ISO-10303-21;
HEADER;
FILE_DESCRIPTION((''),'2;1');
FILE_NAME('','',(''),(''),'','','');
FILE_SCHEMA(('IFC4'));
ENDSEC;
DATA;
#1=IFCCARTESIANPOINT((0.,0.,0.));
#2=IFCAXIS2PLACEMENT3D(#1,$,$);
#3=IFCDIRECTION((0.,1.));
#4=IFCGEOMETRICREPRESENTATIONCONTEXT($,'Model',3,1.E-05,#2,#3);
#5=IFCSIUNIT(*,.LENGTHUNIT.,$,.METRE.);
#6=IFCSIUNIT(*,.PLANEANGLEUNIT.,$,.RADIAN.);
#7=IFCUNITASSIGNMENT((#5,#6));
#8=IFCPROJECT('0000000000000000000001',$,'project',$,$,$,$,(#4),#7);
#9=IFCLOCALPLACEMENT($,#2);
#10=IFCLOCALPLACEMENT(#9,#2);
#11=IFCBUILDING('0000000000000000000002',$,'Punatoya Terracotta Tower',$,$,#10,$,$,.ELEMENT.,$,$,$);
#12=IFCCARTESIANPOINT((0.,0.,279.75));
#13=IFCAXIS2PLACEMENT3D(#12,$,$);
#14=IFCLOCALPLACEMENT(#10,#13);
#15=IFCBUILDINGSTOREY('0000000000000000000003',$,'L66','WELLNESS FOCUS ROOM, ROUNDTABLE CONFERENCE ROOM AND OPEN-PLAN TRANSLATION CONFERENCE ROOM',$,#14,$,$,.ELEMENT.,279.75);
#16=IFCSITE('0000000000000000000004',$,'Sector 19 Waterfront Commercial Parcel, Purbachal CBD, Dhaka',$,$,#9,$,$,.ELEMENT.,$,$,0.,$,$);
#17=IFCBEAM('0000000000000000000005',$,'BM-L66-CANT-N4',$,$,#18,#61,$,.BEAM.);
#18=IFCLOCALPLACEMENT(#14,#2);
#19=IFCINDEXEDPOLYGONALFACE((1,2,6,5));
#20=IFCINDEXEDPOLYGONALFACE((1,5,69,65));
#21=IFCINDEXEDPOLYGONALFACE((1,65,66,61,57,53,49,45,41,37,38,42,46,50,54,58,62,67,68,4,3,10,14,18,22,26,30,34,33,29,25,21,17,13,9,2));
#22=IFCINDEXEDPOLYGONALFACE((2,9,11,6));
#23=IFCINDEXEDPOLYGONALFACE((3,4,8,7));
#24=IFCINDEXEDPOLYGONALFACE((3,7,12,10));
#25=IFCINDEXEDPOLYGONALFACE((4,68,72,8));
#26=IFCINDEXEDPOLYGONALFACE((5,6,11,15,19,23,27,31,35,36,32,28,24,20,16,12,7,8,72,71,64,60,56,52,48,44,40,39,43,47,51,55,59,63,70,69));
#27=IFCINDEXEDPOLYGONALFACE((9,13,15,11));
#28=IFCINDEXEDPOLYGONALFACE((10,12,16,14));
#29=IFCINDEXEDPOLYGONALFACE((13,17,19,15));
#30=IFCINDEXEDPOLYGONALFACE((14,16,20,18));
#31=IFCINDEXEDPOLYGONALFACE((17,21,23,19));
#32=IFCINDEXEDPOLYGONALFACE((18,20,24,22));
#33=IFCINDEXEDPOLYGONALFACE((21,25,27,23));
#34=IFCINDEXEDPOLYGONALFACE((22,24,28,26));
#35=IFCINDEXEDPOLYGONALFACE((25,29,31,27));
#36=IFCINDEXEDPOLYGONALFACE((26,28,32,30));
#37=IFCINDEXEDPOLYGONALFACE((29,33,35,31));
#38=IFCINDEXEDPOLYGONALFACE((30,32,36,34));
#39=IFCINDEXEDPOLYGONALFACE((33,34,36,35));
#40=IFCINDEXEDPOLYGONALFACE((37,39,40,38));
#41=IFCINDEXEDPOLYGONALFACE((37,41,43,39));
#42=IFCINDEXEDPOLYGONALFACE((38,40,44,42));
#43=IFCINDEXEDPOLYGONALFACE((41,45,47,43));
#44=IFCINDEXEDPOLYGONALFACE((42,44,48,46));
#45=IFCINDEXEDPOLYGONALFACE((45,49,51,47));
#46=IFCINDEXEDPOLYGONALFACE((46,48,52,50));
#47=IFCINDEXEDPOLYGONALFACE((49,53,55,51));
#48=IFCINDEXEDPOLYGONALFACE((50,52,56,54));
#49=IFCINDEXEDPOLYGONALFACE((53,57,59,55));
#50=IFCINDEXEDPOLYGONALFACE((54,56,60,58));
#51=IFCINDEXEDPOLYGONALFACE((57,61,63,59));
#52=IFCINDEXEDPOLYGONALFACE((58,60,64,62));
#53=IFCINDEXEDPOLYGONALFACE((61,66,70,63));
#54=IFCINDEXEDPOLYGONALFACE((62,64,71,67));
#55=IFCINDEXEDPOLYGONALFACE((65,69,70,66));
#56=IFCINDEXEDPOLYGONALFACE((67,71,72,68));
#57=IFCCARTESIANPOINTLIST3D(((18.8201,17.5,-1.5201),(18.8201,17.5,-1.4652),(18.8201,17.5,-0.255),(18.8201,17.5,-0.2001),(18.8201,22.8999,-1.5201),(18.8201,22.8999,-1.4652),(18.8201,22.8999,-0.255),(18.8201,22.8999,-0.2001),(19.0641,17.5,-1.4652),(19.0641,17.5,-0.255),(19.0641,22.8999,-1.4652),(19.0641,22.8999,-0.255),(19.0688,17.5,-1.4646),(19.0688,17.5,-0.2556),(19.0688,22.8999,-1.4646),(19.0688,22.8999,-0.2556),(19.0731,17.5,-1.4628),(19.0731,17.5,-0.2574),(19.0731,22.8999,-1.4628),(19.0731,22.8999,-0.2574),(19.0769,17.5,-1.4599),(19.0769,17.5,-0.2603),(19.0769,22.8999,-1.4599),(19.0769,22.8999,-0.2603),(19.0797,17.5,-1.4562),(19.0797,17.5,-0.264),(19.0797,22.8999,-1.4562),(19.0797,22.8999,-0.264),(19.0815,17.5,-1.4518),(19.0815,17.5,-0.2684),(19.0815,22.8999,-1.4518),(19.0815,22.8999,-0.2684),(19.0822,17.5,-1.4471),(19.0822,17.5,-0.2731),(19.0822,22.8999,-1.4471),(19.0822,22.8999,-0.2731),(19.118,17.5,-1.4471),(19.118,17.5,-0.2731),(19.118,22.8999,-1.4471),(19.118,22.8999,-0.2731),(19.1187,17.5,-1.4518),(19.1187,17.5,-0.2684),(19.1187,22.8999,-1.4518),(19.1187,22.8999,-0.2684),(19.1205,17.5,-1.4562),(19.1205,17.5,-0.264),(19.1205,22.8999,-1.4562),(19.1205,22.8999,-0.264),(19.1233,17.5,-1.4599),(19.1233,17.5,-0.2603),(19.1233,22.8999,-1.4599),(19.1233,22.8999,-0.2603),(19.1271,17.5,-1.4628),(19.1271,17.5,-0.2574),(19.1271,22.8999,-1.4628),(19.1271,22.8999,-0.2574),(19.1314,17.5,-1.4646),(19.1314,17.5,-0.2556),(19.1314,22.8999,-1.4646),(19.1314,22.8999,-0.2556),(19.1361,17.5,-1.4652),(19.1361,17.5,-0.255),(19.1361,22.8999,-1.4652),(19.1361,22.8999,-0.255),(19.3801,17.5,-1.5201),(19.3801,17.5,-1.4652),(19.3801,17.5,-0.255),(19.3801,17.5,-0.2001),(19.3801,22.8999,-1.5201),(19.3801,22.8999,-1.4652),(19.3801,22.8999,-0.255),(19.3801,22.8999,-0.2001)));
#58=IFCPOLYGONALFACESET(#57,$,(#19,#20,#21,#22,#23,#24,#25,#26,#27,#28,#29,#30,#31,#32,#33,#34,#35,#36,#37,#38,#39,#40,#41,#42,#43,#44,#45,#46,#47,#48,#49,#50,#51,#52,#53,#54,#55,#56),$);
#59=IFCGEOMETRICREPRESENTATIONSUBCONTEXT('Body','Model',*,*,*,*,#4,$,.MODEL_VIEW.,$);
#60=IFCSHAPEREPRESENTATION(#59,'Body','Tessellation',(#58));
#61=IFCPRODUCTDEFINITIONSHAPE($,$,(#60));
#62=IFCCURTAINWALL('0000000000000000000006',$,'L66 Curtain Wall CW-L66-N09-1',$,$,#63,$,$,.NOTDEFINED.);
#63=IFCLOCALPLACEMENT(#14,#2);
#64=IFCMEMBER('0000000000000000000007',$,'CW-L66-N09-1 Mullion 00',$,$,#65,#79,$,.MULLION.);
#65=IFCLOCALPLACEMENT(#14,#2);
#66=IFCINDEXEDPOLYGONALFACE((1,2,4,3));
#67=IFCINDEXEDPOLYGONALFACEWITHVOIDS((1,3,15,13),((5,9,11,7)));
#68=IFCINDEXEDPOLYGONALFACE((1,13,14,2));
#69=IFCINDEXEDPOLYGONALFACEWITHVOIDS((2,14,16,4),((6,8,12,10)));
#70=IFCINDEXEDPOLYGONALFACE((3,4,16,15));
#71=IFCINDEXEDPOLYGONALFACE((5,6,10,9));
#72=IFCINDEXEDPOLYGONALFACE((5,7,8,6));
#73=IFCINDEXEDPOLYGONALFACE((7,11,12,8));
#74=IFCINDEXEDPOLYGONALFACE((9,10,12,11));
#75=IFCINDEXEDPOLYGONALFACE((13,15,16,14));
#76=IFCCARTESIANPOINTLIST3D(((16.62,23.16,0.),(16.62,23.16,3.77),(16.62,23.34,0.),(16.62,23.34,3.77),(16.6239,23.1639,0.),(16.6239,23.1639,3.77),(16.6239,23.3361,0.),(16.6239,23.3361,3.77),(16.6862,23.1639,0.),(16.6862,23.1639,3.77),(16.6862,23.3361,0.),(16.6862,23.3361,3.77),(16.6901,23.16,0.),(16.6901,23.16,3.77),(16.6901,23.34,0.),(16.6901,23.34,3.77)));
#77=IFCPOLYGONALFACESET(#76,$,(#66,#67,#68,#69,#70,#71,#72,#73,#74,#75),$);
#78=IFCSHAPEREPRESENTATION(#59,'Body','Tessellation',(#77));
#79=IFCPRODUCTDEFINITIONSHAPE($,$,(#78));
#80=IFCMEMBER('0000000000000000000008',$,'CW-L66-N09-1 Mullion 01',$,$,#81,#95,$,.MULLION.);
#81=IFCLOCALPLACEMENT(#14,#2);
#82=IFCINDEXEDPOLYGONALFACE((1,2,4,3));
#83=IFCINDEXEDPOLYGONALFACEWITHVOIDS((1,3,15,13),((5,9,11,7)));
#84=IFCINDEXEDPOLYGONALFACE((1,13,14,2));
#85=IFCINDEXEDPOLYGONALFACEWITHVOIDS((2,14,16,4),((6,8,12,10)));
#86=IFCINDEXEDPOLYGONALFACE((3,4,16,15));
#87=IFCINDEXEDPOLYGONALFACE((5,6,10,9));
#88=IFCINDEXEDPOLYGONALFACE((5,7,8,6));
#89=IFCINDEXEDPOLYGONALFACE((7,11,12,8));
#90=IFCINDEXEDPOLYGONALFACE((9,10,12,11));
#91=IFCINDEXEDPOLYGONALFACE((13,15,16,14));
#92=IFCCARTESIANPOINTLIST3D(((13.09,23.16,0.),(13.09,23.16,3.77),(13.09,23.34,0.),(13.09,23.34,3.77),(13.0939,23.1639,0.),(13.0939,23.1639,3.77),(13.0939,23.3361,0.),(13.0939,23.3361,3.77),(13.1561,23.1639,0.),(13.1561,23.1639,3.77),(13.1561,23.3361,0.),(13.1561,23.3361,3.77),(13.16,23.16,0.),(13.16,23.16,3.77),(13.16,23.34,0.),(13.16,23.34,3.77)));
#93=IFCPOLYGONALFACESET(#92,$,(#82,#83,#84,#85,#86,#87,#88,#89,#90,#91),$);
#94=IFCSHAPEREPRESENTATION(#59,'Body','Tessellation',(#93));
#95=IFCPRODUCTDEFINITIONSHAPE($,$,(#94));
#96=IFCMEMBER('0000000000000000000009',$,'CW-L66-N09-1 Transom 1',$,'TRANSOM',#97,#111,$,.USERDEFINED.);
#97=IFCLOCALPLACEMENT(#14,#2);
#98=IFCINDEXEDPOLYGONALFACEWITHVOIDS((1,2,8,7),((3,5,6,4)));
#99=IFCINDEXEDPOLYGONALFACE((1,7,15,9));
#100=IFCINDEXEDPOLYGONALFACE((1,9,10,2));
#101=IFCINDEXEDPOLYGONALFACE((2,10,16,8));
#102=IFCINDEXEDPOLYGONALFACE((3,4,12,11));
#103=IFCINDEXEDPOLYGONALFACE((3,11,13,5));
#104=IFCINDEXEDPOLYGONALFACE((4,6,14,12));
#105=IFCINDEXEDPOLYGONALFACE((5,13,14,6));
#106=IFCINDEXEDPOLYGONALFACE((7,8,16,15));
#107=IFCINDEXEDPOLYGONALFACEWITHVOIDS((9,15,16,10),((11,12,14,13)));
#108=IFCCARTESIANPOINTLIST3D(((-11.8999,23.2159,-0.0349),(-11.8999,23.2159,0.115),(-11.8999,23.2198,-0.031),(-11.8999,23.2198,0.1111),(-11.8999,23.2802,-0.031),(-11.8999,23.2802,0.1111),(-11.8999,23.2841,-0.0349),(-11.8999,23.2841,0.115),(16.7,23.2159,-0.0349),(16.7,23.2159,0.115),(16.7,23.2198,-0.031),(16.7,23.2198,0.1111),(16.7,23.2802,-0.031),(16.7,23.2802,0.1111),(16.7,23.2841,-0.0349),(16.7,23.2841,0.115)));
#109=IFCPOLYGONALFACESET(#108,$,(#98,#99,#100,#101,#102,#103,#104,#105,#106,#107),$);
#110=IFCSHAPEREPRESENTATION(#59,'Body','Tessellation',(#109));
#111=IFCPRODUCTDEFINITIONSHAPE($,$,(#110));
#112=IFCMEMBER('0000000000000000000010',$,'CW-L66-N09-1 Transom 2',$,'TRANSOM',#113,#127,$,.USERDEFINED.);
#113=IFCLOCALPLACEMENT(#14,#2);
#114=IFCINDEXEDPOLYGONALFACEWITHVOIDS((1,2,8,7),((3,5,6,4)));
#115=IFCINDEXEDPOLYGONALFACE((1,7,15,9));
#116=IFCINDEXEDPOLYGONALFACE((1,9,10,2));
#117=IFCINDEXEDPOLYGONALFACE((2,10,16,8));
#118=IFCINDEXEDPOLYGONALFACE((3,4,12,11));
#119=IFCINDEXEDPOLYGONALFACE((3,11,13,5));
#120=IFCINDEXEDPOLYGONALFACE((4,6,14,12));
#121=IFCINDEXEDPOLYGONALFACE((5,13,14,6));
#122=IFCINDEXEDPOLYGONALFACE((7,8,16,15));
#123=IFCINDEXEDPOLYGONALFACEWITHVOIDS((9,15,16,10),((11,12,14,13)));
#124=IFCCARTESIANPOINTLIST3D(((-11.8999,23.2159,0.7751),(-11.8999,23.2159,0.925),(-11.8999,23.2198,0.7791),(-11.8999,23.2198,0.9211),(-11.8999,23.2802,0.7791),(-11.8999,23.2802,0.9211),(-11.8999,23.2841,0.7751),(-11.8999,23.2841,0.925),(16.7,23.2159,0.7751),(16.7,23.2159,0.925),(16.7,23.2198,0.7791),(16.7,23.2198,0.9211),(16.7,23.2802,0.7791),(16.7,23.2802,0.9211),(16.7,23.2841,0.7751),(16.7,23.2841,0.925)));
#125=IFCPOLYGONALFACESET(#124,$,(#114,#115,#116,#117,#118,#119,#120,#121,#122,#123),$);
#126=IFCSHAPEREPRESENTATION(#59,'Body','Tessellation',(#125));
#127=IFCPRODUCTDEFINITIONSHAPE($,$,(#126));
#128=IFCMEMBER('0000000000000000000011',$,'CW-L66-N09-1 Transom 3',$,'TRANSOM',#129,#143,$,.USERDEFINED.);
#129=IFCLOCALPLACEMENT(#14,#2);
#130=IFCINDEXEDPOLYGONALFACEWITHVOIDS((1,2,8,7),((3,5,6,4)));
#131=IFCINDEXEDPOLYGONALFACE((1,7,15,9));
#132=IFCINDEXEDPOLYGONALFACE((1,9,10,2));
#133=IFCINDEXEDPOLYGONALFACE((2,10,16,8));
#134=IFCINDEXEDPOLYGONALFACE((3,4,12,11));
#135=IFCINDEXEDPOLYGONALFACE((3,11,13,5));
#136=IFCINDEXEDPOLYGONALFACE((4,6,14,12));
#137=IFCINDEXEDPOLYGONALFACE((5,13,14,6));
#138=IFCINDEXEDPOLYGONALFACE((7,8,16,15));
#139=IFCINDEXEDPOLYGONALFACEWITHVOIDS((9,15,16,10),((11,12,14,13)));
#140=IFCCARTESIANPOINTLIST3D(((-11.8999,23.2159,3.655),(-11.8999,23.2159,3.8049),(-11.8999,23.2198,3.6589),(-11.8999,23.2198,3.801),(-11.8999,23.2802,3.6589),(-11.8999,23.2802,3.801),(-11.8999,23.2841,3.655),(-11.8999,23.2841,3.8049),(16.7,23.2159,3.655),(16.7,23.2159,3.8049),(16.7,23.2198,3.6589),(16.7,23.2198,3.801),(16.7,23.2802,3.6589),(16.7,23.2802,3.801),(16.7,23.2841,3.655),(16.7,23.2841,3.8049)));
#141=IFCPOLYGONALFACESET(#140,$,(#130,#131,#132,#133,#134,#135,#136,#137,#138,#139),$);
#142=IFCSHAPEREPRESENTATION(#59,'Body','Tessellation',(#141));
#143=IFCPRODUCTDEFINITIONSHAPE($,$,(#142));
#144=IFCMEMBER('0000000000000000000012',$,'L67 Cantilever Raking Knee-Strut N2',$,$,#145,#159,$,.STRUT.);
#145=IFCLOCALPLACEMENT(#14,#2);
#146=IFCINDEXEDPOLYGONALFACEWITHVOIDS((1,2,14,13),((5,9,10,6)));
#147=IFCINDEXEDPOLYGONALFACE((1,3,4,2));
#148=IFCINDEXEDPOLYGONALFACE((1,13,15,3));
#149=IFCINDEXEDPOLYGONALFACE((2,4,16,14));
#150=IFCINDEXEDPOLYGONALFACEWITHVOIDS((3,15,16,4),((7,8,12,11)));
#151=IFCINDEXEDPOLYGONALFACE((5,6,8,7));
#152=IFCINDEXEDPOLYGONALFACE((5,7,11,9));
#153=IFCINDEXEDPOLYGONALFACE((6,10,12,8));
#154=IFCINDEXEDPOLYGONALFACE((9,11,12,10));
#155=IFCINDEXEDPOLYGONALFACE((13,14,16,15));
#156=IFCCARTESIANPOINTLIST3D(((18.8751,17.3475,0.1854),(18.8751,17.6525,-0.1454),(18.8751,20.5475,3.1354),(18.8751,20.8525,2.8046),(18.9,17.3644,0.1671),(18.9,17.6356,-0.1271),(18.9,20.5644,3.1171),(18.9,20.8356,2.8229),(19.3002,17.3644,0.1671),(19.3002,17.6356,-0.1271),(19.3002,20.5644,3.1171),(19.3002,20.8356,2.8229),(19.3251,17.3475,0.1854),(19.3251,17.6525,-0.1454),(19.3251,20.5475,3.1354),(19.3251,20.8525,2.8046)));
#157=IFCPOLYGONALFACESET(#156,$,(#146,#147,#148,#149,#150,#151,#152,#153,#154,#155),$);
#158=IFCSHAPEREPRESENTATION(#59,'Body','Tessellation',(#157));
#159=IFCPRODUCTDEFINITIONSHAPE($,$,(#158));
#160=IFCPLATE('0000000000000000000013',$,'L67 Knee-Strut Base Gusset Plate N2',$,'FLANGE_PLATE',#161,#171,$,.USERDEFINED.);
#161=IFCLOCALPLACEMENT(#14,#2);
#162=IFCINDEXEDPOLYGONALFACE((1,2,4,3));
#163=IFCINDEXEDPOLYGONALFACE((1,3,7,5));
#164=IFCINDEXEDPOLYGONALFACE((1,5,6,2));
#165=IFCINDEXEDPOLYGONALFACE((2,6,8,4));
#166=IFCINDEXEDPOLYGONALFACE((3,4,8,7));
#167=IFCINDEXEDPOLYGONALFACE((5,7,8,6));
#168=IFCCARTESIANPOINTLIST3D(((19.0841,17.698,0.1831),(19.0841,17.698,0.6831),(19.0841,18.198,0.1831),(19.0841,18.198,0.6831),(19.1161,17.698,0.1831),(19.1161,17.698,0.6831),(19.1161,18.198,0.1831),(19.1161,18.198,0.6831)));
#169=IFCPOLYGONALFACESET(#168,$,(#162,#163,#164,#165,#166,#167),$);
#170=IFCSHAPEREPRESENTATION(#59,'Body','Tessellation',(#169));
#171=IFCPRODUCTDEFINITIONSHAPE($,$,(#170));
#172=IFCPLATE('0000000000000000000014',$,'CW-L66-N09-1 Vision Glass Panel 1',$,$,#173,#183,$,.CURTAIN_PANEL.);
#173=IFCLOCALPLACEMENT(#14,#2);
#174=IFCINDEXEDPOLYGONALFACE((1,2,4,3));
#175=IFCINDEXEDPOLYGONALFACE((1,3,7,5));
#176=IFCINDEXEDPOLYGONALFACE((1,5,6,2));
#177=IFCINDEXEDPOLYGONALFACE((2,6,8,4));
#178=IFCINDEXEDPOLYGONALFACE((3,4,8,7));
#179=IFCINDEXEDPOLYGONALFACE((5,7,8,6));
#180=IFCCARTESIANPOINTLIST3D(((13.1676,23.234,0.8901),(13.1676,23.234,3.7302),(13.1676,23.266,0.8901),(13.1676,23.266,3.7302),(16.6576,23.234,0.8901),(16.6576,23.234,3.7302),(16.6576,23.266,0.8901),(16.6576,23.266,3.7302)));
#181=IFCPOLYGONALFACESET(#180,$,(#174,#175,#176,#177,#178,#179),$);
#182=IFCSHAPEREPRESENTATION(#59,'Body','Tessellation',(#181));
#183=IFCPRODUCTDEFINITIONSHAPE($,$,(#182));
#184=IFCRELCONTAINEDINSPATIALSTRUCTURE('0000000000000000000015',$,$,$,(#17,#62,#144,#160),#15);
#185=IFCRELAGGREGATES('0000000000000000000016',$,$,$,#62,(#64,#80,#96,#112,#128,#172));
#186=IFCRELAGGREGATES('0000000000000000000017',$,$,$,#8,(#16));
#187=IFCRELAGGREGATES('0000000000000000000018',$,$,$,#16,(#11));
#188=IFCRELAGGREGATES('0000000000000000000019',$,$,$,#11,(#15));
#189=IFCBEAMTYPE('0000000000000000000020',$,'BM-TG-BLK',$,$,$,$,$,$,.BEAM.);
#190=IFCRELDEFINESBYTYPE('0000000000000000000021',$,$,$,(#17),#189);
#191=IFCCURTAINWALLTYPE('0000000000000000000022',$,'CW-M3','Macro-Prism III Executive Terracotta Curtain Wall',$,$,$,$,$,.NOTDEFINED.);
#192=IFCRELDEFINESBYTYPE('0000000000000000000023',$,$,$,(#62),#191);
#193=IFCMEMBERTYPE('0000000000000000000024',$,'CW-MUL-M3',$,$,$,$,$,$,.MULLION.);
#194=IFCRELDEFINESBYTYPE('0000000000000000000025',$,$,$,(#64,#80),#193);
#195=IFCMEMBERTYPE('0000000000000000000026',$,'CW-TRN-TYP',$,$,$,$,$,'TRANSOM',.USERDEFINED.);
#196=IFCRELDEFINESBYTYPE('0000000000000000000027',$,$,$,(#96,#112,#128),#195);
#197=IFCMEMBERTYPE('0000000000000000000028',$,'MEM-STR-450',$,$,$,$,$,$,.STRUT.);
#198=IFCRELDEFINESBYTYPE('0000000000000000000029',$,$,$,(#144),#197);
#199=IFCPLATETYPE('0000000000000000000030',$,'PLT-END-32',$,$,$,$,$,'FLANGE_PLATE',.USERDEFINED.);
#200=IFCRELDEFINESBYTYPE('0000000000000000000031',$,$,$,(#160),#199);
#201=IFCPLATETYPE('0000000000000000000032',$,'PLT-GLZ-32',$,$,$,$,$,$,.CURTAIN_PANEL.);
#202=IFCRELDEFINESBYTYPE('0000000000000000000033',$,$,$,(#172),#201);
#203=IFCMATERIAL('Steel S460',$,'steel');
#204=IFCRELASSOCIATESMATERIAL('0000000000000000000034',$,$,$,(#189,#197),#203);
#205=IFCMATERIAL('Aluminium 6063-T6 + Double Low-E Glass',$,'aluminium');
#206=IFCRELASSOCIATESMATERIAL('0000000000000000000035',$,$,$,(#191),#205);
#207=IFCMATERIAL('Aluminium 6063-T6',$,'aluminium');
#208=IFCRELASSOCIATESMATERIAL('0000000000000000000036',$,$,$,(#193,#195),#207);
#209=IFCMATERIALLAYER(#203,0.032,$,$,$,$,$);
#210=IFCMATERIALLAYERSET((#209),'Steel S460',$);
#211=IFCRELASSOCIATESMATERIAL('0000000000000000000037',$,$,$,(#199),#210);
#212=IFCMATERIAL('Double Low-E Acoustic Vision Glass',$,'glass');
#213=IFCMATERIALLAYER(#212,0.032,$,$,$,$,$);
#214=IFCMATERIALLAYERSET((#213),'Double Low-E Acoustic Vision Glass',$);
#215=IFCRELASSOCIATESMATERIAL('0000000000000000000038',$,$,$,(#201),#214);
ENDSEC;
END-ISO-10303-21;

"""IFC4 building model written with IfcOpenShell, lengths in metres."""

from ifc_helpers import new_model, si_unit, direction, frame, origin, origin_2d, place, context, subcontext, project, spatial, rectangle, hollow_rectangle, i_section, extrude, material, layer, layer_set, material_profile, profile_set, type_object, element, aggregate, save


model = new_model("IFC4")

# Units and contexts
model_context = context("Model", 3, precision=1e-05, world=origin(), true_north=direction((0.0, 1.0)))
body_context = subcontext(model_context, "Body", "Model", "MODEL_VIEW")
ifc_project = project(units=[si_unit("LENGTHUNIT", "METRE"), si_unit("PLANEANGLEUNIT", "RADIAN")], contexts=[model_context])

# Site, building, storey
site_placement = place(None, origin())
site = spatial("IfcSite", under=ifc_project, at=site_placement, Name="Sector 19 Waterfront Commercial Parcel, Purbachal CBD, Dhaka", CompositionType="ELEMENT", RefElevation=0.0)
building_placement = place(site_placement, origin())
building = spatial("IfcBuilding", under=site, at=building_placement, Name="Punatoya Terracotta Tower", CompositionType="ELEMENT")
storey_placement = place(building_placement, frame((0.0, 0.0, 279.75)))
storey = spatial("IfcBuildingStorey", under=building, at=storey_placement, Name="L66", Description="WELLNESS FOCUS ROOM, ROUNDTABLE CONFERENCE ROOM AND OPEN-PLAN TRANSLATION CONFERENCE ROOM", CompositionType="ELEMENT", Elevation=279.75)

# Shared definitions
ifc_material_1 = material(Name="Steel S460", Category="steel")

# Beam
ifc_material_profile_1 = material_profile(ifc_material_1, i_section(OverallWidth=0.5601, OverallDepth=1.3201, WebThickness=0.0359, FlangeThickness=0.0549, FilletRadius=0.0181, at=origin_2d()))
ifc_profile_set_1 = profile_set([ifc_material_profile_1], Name="Steel S460")
beam_type = type_object("IfcBeamType", Name="BM-TG-BLK", PredefinedType="BEAM", material=ifc_profile_set_1)
for number, where, z_axis, x_axis, name in (
    (1, (19.1001, 17.5, -0.8601), (0.0, 1.0, 0.0), (-1.0, 0.0, 0.0), "BM-L66-CANT-N4"),
):
    element("IfcBeam", number, at=place(storey_placement, frame(where, z_axis=z_axis, x_axis=x_axis)), inside=storey, type_object=beam_type, Name=name, PredefinedType="BEAM", context=body_context, shape_type="SweptSolid", body=[
        extrude(i_section(OverallWidth=0.5601, OverallDepth=1.3201, WebThickness=0.0359, FlangeThickness=0.0549, FilletRadius=0.0181, at=origin_2d()), origin(), (0.0, 0.0, 1.0), 5.3999),
    ])

# Curtain wall, members
ifc_material_2 = material(Name="Aluminium 6063-T6 + Double Low-E Glass", Category="aluminium")
curtain_wall_type = type_object("IfcCurtainWallType", Name="CW-M3", Description="Macro-Prism III Executive Terracotta Curtain Wall", PredefinedType="NOTDEFINED", material=ifc_material_2)
curtain_wall_placement = place(storey_placement, origin())
curtain_wall = element("IfcCurtainWall", 2, at=curtain_wall_placement, inside=storey, type_object=curtain_wall_type, Name="L66 Curtain Wall CW-L66-N09-1", PredefinedType="NOTDEFINED")
ifc_material_3 = material(Name="Aluminium 6063-T6", Category="aluminium")
ifc_material_profile_2 = material_profile(ifc_material_3, hollow_rectangle(XDim=0.0701, YDim=0.1799, WallThickness=0.0039, at=origin_2d()))
ifc_profile_set_2 = profile_set([ifc_material_profile_2], Name="Aluminium 6063-T6")
member_type_1 = type_object("IfcMemberType", Name="CW-MUL-M3", PredefinedType="MULLION", material=ifc_profile_set_2)
member_1_placement = place(storey_placement, frame((16.655, 23.25, 0.0), z_axis=(0.0, 0.0, 1.0), x_axis=(1.0, 0.0, 0.0)))
member_1 = element("IfcMember", 3, at=member_1_placement, type_object=member_type_1, Name="CW-L66-N09-1 Mullion 00", PredefinedType="MULLION", context=body_context, shape_type="SweptSolid", body=[
    extrude(hollow_rectangle(XDim=0.0701, YDim=0.1799, WallThickness=0.0039, at=origin_2d()), origin(), (0.0, 0.0, 1.0), 3.77),
])
member_2_placement = place(storey_placement, frame((13.125, 23.25, 0.0), z_axis=(0.0, 0.0, 1.0), x_axis=(1.0, 0.0, 0.0)))
member_2 = element("IfcMember", 4, at=member_2_placement, type_object=member_type_1, Name="CW-L66-N09-1 Mullion 01", PredefinedType="MULLION", context=body_context, shape_type="SweptSolid", body=[
    extrude(hollow_rectangle(XDim=0.0701, YDim=0.1799, WallThickness=0.0039, at=origin_2d()), origin(), (0.0, 0.0, 1.0), 3.77),
])
ifc_material_profile_3 = material_profile(ifc_material_3, hollow_rectangle(XDim=0.0681, YDim=0.1499, WallThickness=0.0039, at=origin_2d()))
ifc_profile_set_3 = profile_set([ifc_material_profile_3], Name="Aluminium 6063-T6")
member_type_2 = type_object("IfcMemberType", Name="CW-TRN-TYP", ElementType="TRANSOM", PredefinedType="USERDEFINED", material=ifc_profile_set_3)
member_3_placement = place(storey_placement, frame((16.7, 23.25, 0.04), z_axis=(-1.0, 0.0, 0.0), x_axis=(0.0, -1.0, 0.0)))
member_3 = element("IfcMember", 5, at=member_3_placement, type_object=member_type_2, Name="CW-L66-N09-1 Transom 1", ObjectType="TRANSOM", PredefinedType="USERDEFINED", context=body_context, shape_type="SweptSolid", body=[
    extrude(hollow_rectangle(XDim=0.0681, YDim=0.1499, WallThickness=0.0039, at=origin_2d()), origin(), (0.0, 0.0, 1.0), 28.5999),
])
member_4_placement = place(storey_placement, frame((16.7, 23.25, 0.8501), z_axis=(-1.0, 0.0, 0.0), x_axis=(0.0, -1.0, 0.0)))
member_4 = element("IfcMember", 6, at=member_4_placement, type_object=member_type_2, Name="CW-L66-N09-1 Transom 2", ObjectType="TRANSOM", PredefinedType="USERDEFINED", context=body_context, shape_type="SweptSolid", body=[
    extrude(hollow_rectangle(XDim=0.0681, YDim=0.1499, WallThickness=0.0039, at=origin_2d()), origin(), (0.0, 0.0, 1.0), 28.5999),
])
member_5_placement = place(storey_placement, frame((16.7, 23.25, 3.73), z_axis=(-1.0, 0.0, 0.0), x_axis=(0.0, -1.0, 0.0)))
member_5 = element("IfcMember", 7, at=member_5_placement, type_object=member_type_2, Name="CW-L66-N09-1 Transom 3", ObjectType="TRANSOM", PredefinedType="USERDEFINED", context=body_context, shape_type="SweptSolid", body=[
    extrude(hollow_rectangle(XDim=0.0681, YDim=0.1499, WallThickness=0.0039, at=origin_2d()), origin(), (0.0, 0.0, 1.0), 28.5999),
])

# Member
ifc_material_profile_4 = material_profile(ifc_material_1, hollow_rectangle(XDim=0.45, YDim=0.45, WallThickness=0.0249, at=origin_2d()))
ifc_profile_set_4 = profile_set([ifc_material_profile_4], Name="Steel S460")
member_type_3 = type_object("IfcMemberType", Name="MEM-STR-450", PredefinedType="STRUT", material=ifc_profile_set_4)
member_6_placement = place(storey_placement, frame((19.1001, 17.5, 0.02), z_axis=(0.0, 0.735244, 0.677802), x_axis=(-1.0, 0.0, 0.0)))
element("IfcMember", 8, at=member_6_placement, inside=storey, type_object=member_type_3, Name="L67 Cantilever Raking Knee-Strut N2", PredefinedType="STRUT", context=body_context, shape_type="SweptSolid", body=[
    extrude(hollow_rectangle(XDim=0.45, YDim=0.45, WallThickness=0.0249, at=origin_2d()), origin(), (0.0, 0.0, 1.0), 4.3523),
])

# Plates
ifc_layer_1 = layer(ifc_material_1, 0.032)
ifc_layer_set_1 = layer_set([ifc_layer_1], Name="Steel S460")
plate_type_1 = type_object("IfcPlateType", Name="PLT-END-32", ElementType="FLANGE_PLATE", PredefinedType="USERDEFINED", material=ifc_layer_set_1)
plate_1_placement = place(storey_placement, frame((19.1001, 17.948, 0.1831), z_axis=(0.0, 0.0, 1.0), x_axis=(0.0, 1.0, 0.0)))
element("IfcPlate", 9, at=plate_1_placement, inside=storey, type_object=plate_type_1, Name="L67 Knee-Strut Base Gusset Plate N2", ObjectType="FLANGE_PLATE", PredefinedType="USERDEFINED", context=body_context, shape_type="SweptSolid", body=[
    extrude(rectangle(XDim=0.5, YDim=0.032, at=origin_2d()), origin(), (0.0, 0.0, 1.0), 0.5),
])
ifc_material_4 = material(Name="Double Low-E Acoustic Vision Glass", Category="glass")
ifc_layer_2 = layer(ifc_material_4, 0.032)
ifc_layer_set_2 = layer_set([ifc_layer_2], Name="Double Low-E Acoustic Vision Glass")
plate_type_2 = type_object("IfcPlateType", Name="PLT-GLZ-32", PredefinedType="CURTAIN_PANEL", material=ifc_layer_set_2)
plate_2_placement = place(storey_placement, frame((14.9126, 23.25, 0.8901), z_axis=(0.0, 0.0, 1.0), x_axis=(-1.0, 0.0, 0.0)))
plate_2 = element("IfcPlate", 10, at=plate_2_placement, type_object=plate_type_2, Name="CW-L66-N09-1 Vision Glass Panel 1", PredefinedType="CURTAIN_PANEL", context=body_context, shape_type="SweptSolid", body=[
    extrude(rectangle(XDim=3.49, YDim=0.032, at=origin_2d()), origin(), (0.0, 0.0, 1.0), 2.8401),
])
aggregate(curtain_wall, [member_1, member_2, member_3, member_4, member_5, plate_2])

save(model, "model.ifc")
